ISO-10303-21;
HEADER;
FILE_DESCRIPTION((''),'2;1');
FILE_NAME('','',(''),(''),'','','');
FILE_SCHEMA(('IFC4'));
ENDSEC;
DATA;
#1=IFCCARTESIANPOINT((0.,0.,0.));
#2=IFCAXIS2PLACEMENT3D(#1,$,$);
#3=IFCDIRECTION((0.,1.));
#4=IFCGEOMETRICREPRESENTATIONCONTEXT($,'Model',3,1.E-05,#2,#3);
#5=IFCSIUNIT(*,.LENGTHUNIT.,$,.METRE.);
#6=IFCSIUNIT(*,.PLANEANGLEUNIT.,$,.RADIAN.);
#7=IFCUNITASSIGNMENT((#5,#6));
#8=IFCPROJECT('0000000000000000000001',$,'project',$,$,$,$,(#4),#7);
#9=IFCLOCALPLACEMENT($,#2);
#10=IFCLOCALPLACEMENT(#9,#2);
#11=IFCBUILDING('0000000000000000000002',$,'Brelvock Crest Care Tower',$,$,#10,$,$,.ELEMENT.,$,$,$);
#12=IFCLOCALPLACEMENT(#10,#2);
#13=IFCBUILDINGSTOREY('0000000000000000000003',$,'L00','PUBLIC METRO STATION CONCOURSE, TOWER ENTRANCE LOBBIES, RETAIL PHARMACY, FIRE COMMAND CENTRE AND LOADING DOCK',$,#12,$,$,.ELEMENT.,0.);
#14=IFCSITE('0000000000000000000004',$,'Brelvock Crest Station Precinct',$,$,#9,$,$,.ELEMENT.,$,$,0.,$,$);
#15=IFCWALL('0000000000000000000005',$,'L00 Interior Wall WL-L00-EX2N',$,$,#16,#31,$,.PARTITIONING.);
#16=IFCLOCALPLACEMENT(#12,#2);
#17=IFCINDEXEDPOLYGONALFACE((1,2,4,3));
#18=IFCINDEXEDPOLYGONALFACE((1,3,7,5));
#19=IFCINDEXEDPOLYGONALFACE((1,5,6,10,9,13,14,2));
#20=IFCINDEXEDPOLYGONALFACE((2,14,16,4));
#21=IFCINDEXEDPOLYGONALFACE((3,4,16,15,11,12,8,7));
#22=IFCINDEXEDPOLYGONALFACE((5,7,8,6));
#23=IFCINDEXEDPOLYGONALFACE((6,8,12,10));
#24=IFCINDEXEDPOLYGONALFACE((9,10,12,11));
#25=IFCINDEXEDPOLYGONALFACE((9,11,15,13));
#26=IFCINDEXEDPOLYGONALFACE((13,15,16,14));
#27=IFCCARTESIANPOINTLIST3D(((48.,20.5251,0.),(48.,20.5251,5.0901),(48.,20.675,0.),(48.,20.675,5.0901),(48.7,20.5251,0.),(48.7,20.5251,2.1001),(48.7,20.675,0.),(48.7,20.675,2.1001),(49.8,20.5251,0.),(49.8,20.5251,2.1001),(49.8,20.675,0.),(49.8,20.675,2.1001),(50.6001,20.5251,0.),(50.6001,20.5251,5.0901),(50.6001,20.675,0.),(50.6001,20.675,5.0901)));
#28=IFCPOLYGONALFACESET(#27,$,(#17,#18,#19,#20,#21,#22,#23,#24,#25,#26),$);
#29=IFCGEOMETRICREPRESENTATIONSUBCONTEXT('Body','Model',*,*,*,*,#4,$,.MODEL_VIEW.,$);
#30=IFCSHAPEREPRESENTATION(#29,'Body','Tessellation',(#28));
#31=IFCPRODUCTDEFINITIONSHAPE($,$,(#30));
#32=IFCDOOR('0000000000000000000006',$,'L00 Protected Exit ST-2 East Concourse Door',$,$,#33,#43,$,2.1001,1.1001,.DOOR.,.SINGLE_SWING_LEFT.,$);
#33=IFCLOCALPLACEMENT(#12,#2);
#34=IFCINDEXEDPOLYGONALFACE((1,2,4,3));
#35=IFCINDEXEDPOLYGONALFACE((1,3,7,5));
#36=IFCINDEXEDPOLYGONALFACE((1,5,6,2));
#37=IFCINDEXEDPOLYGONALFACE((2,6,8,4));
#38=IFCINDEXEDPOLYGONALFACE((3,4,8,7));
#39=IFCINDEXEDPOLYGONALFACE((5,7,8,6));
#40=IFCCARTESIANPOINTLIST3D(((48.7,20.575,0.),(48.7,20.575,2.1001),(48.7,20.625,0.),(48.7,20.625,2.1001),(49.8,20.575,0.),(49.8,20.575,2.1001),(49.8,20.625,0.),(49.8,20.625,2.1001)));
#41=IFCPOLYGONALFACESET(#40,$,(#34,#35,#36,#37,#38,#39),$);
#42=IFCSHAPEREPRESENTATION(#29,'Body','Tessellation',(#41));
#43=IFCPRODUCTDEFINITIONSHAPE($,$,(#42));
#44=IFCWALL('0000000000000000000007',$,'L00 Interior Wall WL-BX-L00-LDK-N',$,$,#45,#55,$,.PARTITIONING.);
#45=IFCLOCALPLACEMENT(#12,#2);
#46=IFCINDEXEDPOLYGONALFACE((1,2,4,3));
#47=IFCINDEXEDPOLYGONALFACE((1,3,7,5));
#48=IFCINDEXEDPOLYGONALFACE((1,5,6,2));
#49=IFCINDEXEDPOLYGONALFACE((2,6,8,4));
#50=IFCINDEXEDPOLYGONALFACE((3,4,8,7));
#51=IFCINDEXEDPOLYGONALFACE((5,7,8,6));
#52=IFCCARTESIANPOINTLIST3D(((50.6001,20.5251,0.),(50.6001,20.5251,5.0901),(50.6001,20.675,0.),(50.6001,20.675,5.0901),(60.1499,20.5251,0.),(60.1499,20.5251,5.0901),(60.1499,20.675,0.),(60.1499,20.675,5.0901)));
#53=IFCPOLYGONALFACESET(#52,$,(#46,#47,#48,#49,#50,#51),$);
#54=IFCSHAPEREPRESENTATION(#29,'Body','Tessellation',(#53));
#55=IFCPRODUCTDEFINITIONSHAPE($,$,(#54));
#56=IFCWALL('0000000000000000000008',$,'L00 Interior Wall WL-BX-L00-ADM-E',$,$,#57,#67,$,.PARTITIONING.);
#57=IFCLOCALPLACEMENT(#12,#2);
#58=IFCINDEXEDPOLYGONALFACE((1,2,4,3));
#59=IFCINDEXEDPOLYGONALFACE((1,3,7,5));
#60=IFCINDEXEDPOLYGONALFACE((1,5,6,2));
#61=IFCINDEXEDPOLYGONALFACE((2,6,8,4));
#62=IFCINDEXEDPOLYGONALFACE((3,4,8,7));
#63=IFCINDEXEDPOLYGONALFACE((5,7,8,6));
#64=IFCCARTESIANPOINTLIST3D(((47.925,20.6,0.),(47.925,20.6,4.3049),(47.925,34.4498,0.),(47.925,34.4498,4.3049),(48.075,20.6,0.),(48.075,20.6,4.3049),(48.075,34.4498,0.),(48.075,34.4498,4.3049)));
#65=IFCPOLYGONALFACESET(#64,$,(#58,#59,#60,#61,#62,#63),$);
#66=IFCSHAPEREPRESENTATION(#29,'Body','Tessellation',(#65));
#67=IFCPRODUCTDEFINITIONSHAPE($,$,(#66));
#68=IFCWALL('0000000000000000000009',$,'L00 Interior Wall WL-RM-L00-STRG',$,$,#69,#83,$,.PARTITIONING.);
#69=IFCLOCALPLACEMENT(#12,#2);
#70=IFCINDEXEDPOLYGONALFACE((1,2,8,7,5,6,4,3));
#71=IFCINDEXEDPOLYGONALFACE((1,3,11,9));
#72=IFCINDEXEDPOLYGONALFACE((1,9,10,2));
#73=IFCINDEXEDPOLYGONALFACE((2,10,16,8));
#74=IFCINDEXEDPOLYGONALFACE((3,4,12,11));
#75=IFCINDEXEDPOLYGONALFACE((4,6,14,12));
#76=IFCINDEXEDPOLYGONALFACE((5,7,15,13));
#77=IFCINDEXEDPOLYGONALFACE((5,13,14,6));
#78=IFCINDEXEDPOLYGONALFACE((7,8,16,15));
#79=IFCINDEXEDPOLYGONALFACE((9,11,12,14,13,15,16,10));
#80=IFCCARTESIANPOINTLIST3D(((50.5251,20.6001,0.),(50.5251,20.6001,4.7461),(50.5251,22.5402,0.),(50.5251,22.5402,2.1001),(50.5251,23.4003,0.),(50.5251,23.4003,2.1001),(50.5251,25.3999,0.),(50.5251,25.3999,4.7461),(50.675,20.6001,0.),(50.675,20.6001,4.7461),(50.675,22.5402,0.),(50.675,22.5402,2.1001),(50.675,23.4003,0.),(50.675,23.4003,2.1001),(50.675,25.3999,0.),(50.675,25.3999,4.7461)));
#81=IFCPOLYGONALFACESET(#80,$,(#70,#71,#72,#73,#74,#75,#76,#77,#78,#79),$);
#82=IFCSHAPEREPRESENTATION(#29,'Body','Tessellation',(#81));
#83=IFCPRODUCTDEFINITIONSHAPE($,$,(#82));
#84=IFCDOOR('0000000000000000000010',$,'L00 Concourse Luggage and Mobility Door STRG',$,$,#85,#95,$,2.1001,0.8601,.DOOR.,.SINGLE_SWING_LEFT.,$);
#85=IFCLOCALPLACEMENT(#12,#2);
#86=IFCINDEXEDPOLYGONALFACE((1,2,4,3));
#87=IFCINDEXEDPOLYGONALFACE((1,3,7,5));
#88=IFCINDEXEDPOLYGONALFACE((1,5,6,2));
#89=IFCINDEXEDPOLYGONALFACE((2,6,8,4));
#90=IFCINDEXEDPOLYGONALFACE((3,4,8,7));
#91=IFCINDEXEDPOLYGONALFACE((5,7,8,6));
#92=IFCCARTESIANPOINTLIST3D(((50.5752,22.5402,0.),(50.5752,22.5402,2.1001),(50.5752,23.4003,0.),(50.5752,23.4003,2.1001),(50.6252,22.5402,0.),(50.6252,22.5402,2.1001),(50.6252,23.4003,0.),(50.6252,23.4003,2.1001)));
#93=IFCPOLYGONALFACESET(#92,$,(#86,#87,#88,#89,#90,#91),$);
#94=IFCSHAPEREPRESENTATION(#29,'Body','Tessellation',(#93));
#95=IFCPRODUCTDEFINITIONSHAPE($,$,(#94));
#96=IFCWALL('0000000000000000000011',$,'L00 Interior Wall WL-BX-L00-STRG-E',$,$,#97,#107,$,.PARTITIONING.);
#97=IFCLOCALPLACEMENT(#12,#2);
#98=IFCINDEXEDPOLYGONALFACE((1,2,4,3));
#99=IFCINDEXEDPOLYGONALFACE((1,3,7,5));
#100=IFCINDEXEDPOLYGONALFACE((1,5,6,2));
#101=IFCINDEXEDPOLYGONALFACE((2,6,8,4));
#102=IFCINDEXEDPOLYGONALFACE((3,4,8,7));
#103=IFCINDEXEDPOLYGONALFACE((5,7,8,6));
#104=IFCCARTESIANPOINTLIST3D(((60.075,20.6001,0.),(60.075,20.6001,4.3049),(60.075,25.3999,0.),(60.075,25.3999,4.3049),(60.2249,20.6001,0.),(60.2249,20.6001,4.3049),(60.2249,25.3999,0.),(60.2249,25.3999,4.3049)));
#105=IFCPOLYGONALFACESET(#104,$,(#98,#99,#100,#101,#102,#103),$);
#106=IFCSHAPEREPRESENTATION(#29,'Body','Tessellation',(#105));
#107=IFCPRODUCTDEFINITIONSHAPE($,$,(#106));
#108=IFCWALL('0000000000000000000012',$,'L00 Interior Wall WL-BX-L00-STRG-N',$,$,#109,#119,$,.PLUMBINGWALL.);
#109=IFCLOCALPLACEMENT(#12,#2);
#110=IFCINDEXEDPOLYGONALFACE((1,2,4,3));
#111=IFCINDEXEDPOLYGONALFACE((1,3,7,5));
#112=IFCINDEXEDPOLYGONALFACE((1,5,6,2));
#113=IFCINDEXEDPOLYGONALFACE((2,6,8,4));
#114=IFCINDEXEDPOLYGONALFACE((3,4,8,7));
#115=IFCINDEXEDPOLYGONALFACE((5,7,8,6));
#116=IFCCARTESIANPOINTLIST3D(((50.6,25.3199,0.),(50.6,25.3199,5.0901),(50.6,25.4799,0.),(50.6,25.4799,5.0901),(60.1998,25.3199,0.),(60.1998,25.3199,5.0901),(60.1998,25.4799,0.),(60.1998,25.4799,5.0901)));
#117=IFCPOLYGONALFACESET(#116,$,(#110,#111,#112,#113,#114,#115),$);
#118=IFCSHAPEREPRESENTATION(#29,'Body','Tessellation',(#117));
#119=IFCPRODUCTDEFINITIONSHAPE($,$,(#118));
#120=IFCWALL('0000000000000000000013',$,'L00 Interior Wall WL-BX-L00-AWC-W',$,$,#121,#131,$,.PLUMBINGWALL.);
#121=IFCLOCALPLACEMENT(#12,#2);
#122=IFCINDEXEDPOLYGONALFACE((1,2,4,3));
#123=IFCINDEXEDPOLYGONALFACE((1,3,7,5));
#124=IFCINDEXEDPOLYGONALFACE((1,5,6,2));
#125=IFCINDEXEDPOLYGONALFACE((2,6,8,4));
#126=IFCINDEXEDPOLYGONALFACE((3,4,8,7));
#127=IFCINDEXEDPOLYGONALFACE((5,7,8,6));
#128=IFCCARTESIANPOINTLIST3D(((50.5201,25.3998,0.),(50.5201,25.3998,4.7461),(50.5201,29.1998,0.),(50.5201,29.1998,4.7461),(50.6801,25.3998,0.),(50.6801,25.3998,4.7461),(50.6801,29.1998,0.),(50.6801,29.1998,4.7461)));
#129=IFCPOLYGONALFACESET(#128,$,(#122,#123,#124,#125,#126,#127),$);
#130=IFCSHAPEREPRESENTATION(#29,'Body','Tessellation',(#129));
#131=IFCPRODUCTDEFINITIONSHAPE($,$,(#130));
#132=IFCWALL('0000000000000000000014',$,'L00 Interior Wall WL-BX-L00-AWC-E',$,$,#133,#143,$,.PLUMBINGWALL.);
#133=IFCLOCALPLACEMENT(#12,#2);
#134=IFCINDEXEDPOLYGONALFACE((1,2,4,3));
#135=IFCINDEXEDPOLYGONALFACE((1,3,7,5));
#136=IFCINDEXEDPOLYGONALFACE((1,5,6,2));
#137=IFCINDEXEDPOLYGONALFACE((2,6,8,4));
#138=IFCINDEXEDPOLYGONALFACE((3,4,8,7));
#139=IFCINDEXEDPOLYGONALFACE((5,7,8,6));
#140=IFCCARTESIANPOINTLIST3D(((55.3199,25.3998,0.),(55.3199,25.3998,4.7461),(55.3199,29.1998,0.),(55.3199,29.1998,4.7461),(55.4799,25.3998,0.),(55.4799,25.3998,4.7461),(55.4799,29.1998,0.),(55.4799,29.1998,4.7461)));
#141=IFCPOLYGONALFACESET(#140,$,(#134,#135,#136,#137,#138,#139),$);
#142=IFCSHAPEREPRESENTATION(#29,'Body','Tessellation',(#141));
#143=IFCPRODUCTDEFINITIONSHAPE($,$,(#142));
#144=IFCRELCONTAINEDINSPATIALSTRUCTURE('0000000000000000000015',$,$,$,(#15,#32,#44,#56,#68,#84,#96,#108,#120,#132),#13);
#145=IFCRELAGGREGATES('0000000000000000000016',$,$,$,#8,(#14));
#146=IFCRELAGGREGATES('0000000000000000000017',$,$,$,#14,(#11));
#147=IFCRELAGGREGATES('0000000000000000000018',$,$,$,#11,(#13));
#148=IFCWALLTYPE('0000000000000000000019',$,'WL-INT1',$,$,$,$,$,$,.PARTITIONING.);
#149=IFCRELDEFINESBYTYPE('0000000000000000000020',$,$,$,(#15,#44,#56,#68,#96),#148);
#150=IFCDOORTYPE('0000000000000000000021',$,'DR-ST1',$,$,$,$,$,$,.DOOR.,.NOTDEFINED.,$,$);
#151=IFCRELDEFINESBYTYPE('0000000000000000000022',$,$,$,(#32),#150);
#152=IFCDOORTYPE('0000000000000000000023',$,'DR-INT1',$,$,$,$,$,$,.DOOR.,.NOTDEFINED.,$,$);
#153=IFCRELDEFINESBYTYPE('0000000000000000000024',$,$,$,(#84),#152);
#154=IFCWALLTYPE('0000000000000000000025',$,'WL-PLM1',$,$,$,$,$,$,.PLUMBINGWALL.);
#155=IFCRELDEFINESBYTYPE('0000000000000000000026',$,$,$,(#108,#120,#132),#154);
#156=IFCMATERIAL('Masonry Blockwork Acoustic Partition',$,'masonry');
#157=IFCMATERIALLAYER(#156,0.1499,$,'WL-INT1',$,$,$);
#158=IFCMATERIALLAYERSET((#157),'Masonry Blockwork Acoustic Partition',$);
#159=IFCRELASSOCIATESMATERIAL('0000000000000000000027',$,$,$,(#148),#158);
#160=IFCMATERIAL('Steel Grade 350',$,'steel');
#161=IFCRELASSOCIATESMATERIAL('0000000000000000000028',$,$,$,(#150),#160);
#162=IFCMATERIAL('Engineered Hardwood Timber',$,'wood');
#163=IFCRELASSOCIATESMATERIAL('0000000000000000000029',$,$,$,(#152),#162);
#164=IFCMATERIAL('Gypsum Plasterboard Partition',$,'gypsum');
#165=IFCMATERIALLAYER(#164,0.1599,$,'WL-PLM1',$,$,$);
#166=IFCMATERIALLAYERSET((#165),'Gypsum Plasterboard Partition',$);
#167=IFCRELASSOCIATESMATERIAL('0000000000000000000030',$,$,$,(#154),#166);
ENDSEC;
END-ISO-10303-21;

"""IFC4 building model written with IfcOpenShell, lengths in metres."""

from ifc_helpers import new_model, si_unit, direction, frame, frame_2d, origin, origin_2d, place, context, subcontext, project, spatial, rectangle, extrude, source, transform, mapped, material, layer, layer_set, type_object, element, fill, save


model = new_model("IFC4")

# Units and contexts
model_context = context("Model", 3, precision=1e-05, world=origin(), true_north=direction((0.0, 1.0)))
body_context = subcontext(model_context, "Body", "Model", "MODEL_VIEW")
ifc_project = project(units=[si_unit("LENGTHUNIT", "METRE"), si_unit("PLANEANGLEUNIT", "RADIAN")], contexts=[model_context])

# Site, building, storey
site_placement = place(None, origin())
site = spatial("IfcSite", under=ifc_project, at=site_placement, Name="Brelvock Crest Station Precinct", CompositionType="ELEMENT", RefElevation=0.0)
building_placement = place(site_placement, origin())
building = spatial("IfcBuilding", under=site, at=building_placement, Name="Brelvock Crest Care Tower", CompositionType="ELEMENT")
storey_placement = place(building_placement, origin())
storey = spatial("IfcBuildingStorey", under=building, at=storey_placement, Name="L00", Description="PUBLIC METRO STATION CONCOURSE, TOWER ENTRANCE LOBBIES, RETAIL PHARMACY, FIRE COMMAND CENTRE AND LOADING DOCK", CompositionType="ELEMENT", Elevation=0.0)

# Shared definitions
ifc_material_1 = material(Name="Steel Grade 350", Category="steel")

# Wall, opening, door
ifc_material_2 = material(Name="Masonry Blockwork Acoustic Partition", Category="masonry")
ifc_layer_1 = layer(ifc_material_2, 0.1499, Name="WL-INT1")
ifc_layer_set_1 = layer_set([ifc_layer_1], Name="Masonry Blockwork Acoustic Partition")
wall_type_1 = type_object("IfcWallType", Name="WL-INT1", PredefinedType="PARTITIONING", material=ifc_layer_set_1)
wall_1_placement = place(storey_placement, frame((48.0, 20.6001, 0.0), z_axis=(0.0, 0.0, 1.0), x_axis=(1.0, 0.0, 0.0)))
wall_1 = element("IfcWall", 1, at=wall_1_placement, inside=storey, type_object=wall_type_1, Name="L00 Interior Wall WL-L00-EX2N", PredefinedType="PARTITIONING", context=body_context, shape_type="SweptSolid", body=[
    extrude(rectangle(XDim=2.6001, YDim=0.1499, at=frame_2d((1.3, 0.0))), origin(), (0.0, 0.0, 1.0), 5.0901),
])
opening_1_placement = place(wall_1_placement, frame((0.7, 0.0, 0.0)))
opening_1 = element("IfcOpeningElement", 2, at=opening_1_placement, cuts=wall_1, PredefinedType="OPENING", context=body_context, shape_type="SweptSolid", body=[
    extrude(rectangle(XDim=1.1001, YDim=2.1001, at=origin_2d()), frame((0.55, 0.085, 1.05), z_axis=(0.0, -1.0, 0.0), x_axis=(1.0, 0.0, 0.0)), (0.0, 0.0, 1.0), 0.1699),
])
door_type_1 = type_object("IfcDoorType", Name="DR-ST1", OperationType="NOTDEFINED", PredefinedType="DOOR", material=ifc_material_1)
shared_shape_1 = source(origin(), body_context, "Body", "SweptSolid", [
    extrude(rectangle(XDim=1.1001, YDim=2.1001, at=origin_2d()), frame((0.55, 0.0249, 1.05), z_axis=(0.0, -1.0, 0.0), x_axis=(1.0, 0.0, 0.0)), (0.0, 0.0, 1.0), 0.05),
])
door_1_placement = place(opening_1_placement, origin())
door_1 = element("IfcDoor", 3, at=door_1_placement, inside=storey, type_object=door_type_1, Name="L00 Protected Exit ST-2 East Concourse Door", OperationType="SINGLE_SWING_LEFT", OverallHeight=2.1001, OverallWidth=1.1001, PredefinedType="DOOR", context=body_context, shape_type="MappedRepresentation", body=[
    mapped(shared_shape_1, transform((0.0, 0.0, 0.0), x_axis=(1.0, 0.0, 0.0), y_axis=(0.0, 1.0, 0.0), z_axis=(0.0, 0.0, 1.0), scale=1.0)),
])
fill(opening_1, door_1)

# Walls
wall_2_placement = place(storey_placement, frame((50.6001, 20.6001, 0.0), z_axis=(0.0, 0.0, 1.0), x_axis=(1.0, 0.0, 0.0)))
element("IfcWall", 4, at=wall_2_placement, inside=storey, type_object=wall_type_1, Name="L00 Interior Wall WL-BX-L00-LDK-N", PredefinedType="PARTITIONING", context=body_context, shape_type="SweptSolid", body=[
    extrude(rectangle(XDim=9.5498, YDim=0.1499, at=frame_2d((4.7749, 0.0))), origin(), (0.0, 0.0, 1.0), 5.0901),
])
wall_3_placement = place(storey_placement, frame((48.0, 20.6001, 0.0), z_axis=(0.0, 0.0, 1.0), x_axis=(0.0, 1.0, 0.0)))
element("IfcWall", 5, at=wall_3_placement, inside=storey, type_object=wall_type_1, Name="L00 Interior Wall WL-BX-L00-ADM-E", PredefinedType="PARTITIONING", context=body_context, shape_type="SweptSolid", body=[
    extrude(rectangle(XDim=13.8499, YDim=0.1499, at=frame_2d((6.9248, 0.0))), origin(), (0.0, 0.0, 1.0), 4.3049),
])

# Wall, opening, door
wall_4_placement = place(storey_placement, frame((50.6001, 20.6001, 0.0), z_axis=(0.0, 0.0, 1.0), x_axis=(0.0, 1.0, 0.0)))
wall_4 = element("IfcWall", 6, at=wall_4_placement, inside=storey, type_object=wall_type_1, Name="L00 Interior Wall WL-RM-L00-STRG", PredefinedType="PARTITIONING", context=body_context, shape_type="SweptSolid", body=[
    extrude(rectangle(XDim=4.7998, YDim=0.1499, at=frame_2d((2.3999, 0.0))), origin(), (0.0, 0.0, 1.0), 4.7461),
])
opening_2_placement = place(wall_4_placement, frame((1.9399, 0.0, 0.0)))
opening_2 = element("IfcOpeningElement", 7, at=opening_2_placement, cuts=wall_4, PredefinedType="OPENING", context=body_context, shape_type="SweptSolid", body=[
    extrude(rectangle(XDim=0.8601, YDim=2.1001, at=origin_2d()), frame((0.4302, 0.085, 1.05), z_axis=(0.0, -1.0, 0.0), x_axis=(1.0, 0.0, 0.0)), (0.0, 0.0, 1.0), 0.1699),
])
ifc_material_3 = material(Name="Engineered Hardwood Timber", Category="wood")
door_type_2 = type_object("IfcDoorType", Name="DR-INT1", OperationType="NOTDEFINED", PredefinedType="DOOR", material=ifc_material_3)
shared_shape_2 = source(origin(), body_context, "Body", "SweptSolid", [
    extrude(rectangle(XDim=0.8601, YDim=2.1001, at=origin_2d()), frame((0.4302, 0.0249, 1.05), z_axis=(0.0, -1.0, 0.0), x_axis=(1.0, 0.0, 0.0)), (0.0, 0.0, 1.0), 0.05),
])
door_2_placement = place(opening_2_placement, origin())
door_2 = element("IfcDoor", 8, at=door_2_placement, inside=storey, type_object=door_type_2, Name="L00 Concourse Luggage and Mobility Door STRG", OperationType="SINGLE_SWING_LEFT", OverallHeight=2.1001, OverallWidth=0.8601, PredefinedType="DOOR", context=body_context, shape_type="MappedRepresentation", body=[
    mapped(shared_shape_2, transform((0.0, 0.0, 0.0), x_axis=(1.0, 0.0, 0.0), y_axis=(0.0, 1.0, 0.0), z_axis=(0.0, 0.0, 1.0), scale=1.0)),
])
fill(opening_2, door_2)

# Walls
wall_5_placement = place(storey_placement, frame((60.1499, 20.6001, 0.0), z_axis=(0.0, 0.0, 1.0), x_axis=(0.0, 1.0, 0.0)))
element("IfcWall", 9, at=wall_5_placement, inside=storey, type_object=wall_type_1, Name="L00 Interior Wall WL-BX-L00-STRG-E", PredefinedType="PARTITIONING", context=body_context, shape_type="SweptSolid", body=[
    extrude(rectangle(XDim=4.7998, YDim=0.1499, at=frame_2d((2.3999, 0.0))), origin(), (0.0, 0.0, 1.0), 4.3049),
])
ifc_material_4 = material(Name="Gypsum Plasterboard Partition", Category="gypsum")
ifc_layer_2 = layer(ifc_material_4, 0.1599, Name="WL-PLM1")
ifc_layer_set_2 = layer_set([ifc_layer_2], Name="Gypsum Plasterboard Partition")
wall_type_2 = type_object("IfcWallType", Name="WL-PLM1", PredefinedType="PLUMBINGWALL", material=ifc_layer_set_2)
wall_6_placement = place(storey_placement, frame((50.6001, 25.3999, 0.0), z_axis=(0.0, 0.0, 1.0), x_axis=(1.0, 0.0, 0.0)))
element("IfcWall", 10, at=wall_6_placement, inside=storey, type_object=wall_type_2, Name="L00 Interior Wall WL-BX-L00-STRG-N", PredefinedType="PLUMBINGWALL", context=body_context, shape_type="SweptSolid", body=[
    extrude(rectangle(XDim=9.5999, YDim=0.1599, at=frame_2d((4.7998, 0.0))), origin(), (0.0, 0.0, 1.0), 5.0901),
])
for number, where, z_axis, x_axis, name in (
    (11, (50.6001, 25.3999, 0.0), (0.0, 0.0, 1.0), (0.0, 1.0, 0.0), "L00 Interior Wall WL-BX-L00-AWC-W"),
    (12, (55.3999, 25.3999, 0.0), (0.0, 0.0, 1.0), (0.0, 1.0, 0.0), "L00 Interior Wall WL-BX-L00-AWC-E"),
):
    element("IfcWall", number, at=place(storey_placement, frame(where, z_axis=z_axis, x_axis=x_axis)), inside=storey, type_object=wall_type_2, Name=name, PredefinedType="PLUMBINGWALL", context=body_context, shape_type="SweptSolid", body=[
        extrude(rectangle(XDim=3.8, YDim=0.1599, at=frame_2d((1.8999, 0.0))), origin(), (0.0, 0.0, 1.0), 4.7461),
    ])

save(model, "model.ifc")
